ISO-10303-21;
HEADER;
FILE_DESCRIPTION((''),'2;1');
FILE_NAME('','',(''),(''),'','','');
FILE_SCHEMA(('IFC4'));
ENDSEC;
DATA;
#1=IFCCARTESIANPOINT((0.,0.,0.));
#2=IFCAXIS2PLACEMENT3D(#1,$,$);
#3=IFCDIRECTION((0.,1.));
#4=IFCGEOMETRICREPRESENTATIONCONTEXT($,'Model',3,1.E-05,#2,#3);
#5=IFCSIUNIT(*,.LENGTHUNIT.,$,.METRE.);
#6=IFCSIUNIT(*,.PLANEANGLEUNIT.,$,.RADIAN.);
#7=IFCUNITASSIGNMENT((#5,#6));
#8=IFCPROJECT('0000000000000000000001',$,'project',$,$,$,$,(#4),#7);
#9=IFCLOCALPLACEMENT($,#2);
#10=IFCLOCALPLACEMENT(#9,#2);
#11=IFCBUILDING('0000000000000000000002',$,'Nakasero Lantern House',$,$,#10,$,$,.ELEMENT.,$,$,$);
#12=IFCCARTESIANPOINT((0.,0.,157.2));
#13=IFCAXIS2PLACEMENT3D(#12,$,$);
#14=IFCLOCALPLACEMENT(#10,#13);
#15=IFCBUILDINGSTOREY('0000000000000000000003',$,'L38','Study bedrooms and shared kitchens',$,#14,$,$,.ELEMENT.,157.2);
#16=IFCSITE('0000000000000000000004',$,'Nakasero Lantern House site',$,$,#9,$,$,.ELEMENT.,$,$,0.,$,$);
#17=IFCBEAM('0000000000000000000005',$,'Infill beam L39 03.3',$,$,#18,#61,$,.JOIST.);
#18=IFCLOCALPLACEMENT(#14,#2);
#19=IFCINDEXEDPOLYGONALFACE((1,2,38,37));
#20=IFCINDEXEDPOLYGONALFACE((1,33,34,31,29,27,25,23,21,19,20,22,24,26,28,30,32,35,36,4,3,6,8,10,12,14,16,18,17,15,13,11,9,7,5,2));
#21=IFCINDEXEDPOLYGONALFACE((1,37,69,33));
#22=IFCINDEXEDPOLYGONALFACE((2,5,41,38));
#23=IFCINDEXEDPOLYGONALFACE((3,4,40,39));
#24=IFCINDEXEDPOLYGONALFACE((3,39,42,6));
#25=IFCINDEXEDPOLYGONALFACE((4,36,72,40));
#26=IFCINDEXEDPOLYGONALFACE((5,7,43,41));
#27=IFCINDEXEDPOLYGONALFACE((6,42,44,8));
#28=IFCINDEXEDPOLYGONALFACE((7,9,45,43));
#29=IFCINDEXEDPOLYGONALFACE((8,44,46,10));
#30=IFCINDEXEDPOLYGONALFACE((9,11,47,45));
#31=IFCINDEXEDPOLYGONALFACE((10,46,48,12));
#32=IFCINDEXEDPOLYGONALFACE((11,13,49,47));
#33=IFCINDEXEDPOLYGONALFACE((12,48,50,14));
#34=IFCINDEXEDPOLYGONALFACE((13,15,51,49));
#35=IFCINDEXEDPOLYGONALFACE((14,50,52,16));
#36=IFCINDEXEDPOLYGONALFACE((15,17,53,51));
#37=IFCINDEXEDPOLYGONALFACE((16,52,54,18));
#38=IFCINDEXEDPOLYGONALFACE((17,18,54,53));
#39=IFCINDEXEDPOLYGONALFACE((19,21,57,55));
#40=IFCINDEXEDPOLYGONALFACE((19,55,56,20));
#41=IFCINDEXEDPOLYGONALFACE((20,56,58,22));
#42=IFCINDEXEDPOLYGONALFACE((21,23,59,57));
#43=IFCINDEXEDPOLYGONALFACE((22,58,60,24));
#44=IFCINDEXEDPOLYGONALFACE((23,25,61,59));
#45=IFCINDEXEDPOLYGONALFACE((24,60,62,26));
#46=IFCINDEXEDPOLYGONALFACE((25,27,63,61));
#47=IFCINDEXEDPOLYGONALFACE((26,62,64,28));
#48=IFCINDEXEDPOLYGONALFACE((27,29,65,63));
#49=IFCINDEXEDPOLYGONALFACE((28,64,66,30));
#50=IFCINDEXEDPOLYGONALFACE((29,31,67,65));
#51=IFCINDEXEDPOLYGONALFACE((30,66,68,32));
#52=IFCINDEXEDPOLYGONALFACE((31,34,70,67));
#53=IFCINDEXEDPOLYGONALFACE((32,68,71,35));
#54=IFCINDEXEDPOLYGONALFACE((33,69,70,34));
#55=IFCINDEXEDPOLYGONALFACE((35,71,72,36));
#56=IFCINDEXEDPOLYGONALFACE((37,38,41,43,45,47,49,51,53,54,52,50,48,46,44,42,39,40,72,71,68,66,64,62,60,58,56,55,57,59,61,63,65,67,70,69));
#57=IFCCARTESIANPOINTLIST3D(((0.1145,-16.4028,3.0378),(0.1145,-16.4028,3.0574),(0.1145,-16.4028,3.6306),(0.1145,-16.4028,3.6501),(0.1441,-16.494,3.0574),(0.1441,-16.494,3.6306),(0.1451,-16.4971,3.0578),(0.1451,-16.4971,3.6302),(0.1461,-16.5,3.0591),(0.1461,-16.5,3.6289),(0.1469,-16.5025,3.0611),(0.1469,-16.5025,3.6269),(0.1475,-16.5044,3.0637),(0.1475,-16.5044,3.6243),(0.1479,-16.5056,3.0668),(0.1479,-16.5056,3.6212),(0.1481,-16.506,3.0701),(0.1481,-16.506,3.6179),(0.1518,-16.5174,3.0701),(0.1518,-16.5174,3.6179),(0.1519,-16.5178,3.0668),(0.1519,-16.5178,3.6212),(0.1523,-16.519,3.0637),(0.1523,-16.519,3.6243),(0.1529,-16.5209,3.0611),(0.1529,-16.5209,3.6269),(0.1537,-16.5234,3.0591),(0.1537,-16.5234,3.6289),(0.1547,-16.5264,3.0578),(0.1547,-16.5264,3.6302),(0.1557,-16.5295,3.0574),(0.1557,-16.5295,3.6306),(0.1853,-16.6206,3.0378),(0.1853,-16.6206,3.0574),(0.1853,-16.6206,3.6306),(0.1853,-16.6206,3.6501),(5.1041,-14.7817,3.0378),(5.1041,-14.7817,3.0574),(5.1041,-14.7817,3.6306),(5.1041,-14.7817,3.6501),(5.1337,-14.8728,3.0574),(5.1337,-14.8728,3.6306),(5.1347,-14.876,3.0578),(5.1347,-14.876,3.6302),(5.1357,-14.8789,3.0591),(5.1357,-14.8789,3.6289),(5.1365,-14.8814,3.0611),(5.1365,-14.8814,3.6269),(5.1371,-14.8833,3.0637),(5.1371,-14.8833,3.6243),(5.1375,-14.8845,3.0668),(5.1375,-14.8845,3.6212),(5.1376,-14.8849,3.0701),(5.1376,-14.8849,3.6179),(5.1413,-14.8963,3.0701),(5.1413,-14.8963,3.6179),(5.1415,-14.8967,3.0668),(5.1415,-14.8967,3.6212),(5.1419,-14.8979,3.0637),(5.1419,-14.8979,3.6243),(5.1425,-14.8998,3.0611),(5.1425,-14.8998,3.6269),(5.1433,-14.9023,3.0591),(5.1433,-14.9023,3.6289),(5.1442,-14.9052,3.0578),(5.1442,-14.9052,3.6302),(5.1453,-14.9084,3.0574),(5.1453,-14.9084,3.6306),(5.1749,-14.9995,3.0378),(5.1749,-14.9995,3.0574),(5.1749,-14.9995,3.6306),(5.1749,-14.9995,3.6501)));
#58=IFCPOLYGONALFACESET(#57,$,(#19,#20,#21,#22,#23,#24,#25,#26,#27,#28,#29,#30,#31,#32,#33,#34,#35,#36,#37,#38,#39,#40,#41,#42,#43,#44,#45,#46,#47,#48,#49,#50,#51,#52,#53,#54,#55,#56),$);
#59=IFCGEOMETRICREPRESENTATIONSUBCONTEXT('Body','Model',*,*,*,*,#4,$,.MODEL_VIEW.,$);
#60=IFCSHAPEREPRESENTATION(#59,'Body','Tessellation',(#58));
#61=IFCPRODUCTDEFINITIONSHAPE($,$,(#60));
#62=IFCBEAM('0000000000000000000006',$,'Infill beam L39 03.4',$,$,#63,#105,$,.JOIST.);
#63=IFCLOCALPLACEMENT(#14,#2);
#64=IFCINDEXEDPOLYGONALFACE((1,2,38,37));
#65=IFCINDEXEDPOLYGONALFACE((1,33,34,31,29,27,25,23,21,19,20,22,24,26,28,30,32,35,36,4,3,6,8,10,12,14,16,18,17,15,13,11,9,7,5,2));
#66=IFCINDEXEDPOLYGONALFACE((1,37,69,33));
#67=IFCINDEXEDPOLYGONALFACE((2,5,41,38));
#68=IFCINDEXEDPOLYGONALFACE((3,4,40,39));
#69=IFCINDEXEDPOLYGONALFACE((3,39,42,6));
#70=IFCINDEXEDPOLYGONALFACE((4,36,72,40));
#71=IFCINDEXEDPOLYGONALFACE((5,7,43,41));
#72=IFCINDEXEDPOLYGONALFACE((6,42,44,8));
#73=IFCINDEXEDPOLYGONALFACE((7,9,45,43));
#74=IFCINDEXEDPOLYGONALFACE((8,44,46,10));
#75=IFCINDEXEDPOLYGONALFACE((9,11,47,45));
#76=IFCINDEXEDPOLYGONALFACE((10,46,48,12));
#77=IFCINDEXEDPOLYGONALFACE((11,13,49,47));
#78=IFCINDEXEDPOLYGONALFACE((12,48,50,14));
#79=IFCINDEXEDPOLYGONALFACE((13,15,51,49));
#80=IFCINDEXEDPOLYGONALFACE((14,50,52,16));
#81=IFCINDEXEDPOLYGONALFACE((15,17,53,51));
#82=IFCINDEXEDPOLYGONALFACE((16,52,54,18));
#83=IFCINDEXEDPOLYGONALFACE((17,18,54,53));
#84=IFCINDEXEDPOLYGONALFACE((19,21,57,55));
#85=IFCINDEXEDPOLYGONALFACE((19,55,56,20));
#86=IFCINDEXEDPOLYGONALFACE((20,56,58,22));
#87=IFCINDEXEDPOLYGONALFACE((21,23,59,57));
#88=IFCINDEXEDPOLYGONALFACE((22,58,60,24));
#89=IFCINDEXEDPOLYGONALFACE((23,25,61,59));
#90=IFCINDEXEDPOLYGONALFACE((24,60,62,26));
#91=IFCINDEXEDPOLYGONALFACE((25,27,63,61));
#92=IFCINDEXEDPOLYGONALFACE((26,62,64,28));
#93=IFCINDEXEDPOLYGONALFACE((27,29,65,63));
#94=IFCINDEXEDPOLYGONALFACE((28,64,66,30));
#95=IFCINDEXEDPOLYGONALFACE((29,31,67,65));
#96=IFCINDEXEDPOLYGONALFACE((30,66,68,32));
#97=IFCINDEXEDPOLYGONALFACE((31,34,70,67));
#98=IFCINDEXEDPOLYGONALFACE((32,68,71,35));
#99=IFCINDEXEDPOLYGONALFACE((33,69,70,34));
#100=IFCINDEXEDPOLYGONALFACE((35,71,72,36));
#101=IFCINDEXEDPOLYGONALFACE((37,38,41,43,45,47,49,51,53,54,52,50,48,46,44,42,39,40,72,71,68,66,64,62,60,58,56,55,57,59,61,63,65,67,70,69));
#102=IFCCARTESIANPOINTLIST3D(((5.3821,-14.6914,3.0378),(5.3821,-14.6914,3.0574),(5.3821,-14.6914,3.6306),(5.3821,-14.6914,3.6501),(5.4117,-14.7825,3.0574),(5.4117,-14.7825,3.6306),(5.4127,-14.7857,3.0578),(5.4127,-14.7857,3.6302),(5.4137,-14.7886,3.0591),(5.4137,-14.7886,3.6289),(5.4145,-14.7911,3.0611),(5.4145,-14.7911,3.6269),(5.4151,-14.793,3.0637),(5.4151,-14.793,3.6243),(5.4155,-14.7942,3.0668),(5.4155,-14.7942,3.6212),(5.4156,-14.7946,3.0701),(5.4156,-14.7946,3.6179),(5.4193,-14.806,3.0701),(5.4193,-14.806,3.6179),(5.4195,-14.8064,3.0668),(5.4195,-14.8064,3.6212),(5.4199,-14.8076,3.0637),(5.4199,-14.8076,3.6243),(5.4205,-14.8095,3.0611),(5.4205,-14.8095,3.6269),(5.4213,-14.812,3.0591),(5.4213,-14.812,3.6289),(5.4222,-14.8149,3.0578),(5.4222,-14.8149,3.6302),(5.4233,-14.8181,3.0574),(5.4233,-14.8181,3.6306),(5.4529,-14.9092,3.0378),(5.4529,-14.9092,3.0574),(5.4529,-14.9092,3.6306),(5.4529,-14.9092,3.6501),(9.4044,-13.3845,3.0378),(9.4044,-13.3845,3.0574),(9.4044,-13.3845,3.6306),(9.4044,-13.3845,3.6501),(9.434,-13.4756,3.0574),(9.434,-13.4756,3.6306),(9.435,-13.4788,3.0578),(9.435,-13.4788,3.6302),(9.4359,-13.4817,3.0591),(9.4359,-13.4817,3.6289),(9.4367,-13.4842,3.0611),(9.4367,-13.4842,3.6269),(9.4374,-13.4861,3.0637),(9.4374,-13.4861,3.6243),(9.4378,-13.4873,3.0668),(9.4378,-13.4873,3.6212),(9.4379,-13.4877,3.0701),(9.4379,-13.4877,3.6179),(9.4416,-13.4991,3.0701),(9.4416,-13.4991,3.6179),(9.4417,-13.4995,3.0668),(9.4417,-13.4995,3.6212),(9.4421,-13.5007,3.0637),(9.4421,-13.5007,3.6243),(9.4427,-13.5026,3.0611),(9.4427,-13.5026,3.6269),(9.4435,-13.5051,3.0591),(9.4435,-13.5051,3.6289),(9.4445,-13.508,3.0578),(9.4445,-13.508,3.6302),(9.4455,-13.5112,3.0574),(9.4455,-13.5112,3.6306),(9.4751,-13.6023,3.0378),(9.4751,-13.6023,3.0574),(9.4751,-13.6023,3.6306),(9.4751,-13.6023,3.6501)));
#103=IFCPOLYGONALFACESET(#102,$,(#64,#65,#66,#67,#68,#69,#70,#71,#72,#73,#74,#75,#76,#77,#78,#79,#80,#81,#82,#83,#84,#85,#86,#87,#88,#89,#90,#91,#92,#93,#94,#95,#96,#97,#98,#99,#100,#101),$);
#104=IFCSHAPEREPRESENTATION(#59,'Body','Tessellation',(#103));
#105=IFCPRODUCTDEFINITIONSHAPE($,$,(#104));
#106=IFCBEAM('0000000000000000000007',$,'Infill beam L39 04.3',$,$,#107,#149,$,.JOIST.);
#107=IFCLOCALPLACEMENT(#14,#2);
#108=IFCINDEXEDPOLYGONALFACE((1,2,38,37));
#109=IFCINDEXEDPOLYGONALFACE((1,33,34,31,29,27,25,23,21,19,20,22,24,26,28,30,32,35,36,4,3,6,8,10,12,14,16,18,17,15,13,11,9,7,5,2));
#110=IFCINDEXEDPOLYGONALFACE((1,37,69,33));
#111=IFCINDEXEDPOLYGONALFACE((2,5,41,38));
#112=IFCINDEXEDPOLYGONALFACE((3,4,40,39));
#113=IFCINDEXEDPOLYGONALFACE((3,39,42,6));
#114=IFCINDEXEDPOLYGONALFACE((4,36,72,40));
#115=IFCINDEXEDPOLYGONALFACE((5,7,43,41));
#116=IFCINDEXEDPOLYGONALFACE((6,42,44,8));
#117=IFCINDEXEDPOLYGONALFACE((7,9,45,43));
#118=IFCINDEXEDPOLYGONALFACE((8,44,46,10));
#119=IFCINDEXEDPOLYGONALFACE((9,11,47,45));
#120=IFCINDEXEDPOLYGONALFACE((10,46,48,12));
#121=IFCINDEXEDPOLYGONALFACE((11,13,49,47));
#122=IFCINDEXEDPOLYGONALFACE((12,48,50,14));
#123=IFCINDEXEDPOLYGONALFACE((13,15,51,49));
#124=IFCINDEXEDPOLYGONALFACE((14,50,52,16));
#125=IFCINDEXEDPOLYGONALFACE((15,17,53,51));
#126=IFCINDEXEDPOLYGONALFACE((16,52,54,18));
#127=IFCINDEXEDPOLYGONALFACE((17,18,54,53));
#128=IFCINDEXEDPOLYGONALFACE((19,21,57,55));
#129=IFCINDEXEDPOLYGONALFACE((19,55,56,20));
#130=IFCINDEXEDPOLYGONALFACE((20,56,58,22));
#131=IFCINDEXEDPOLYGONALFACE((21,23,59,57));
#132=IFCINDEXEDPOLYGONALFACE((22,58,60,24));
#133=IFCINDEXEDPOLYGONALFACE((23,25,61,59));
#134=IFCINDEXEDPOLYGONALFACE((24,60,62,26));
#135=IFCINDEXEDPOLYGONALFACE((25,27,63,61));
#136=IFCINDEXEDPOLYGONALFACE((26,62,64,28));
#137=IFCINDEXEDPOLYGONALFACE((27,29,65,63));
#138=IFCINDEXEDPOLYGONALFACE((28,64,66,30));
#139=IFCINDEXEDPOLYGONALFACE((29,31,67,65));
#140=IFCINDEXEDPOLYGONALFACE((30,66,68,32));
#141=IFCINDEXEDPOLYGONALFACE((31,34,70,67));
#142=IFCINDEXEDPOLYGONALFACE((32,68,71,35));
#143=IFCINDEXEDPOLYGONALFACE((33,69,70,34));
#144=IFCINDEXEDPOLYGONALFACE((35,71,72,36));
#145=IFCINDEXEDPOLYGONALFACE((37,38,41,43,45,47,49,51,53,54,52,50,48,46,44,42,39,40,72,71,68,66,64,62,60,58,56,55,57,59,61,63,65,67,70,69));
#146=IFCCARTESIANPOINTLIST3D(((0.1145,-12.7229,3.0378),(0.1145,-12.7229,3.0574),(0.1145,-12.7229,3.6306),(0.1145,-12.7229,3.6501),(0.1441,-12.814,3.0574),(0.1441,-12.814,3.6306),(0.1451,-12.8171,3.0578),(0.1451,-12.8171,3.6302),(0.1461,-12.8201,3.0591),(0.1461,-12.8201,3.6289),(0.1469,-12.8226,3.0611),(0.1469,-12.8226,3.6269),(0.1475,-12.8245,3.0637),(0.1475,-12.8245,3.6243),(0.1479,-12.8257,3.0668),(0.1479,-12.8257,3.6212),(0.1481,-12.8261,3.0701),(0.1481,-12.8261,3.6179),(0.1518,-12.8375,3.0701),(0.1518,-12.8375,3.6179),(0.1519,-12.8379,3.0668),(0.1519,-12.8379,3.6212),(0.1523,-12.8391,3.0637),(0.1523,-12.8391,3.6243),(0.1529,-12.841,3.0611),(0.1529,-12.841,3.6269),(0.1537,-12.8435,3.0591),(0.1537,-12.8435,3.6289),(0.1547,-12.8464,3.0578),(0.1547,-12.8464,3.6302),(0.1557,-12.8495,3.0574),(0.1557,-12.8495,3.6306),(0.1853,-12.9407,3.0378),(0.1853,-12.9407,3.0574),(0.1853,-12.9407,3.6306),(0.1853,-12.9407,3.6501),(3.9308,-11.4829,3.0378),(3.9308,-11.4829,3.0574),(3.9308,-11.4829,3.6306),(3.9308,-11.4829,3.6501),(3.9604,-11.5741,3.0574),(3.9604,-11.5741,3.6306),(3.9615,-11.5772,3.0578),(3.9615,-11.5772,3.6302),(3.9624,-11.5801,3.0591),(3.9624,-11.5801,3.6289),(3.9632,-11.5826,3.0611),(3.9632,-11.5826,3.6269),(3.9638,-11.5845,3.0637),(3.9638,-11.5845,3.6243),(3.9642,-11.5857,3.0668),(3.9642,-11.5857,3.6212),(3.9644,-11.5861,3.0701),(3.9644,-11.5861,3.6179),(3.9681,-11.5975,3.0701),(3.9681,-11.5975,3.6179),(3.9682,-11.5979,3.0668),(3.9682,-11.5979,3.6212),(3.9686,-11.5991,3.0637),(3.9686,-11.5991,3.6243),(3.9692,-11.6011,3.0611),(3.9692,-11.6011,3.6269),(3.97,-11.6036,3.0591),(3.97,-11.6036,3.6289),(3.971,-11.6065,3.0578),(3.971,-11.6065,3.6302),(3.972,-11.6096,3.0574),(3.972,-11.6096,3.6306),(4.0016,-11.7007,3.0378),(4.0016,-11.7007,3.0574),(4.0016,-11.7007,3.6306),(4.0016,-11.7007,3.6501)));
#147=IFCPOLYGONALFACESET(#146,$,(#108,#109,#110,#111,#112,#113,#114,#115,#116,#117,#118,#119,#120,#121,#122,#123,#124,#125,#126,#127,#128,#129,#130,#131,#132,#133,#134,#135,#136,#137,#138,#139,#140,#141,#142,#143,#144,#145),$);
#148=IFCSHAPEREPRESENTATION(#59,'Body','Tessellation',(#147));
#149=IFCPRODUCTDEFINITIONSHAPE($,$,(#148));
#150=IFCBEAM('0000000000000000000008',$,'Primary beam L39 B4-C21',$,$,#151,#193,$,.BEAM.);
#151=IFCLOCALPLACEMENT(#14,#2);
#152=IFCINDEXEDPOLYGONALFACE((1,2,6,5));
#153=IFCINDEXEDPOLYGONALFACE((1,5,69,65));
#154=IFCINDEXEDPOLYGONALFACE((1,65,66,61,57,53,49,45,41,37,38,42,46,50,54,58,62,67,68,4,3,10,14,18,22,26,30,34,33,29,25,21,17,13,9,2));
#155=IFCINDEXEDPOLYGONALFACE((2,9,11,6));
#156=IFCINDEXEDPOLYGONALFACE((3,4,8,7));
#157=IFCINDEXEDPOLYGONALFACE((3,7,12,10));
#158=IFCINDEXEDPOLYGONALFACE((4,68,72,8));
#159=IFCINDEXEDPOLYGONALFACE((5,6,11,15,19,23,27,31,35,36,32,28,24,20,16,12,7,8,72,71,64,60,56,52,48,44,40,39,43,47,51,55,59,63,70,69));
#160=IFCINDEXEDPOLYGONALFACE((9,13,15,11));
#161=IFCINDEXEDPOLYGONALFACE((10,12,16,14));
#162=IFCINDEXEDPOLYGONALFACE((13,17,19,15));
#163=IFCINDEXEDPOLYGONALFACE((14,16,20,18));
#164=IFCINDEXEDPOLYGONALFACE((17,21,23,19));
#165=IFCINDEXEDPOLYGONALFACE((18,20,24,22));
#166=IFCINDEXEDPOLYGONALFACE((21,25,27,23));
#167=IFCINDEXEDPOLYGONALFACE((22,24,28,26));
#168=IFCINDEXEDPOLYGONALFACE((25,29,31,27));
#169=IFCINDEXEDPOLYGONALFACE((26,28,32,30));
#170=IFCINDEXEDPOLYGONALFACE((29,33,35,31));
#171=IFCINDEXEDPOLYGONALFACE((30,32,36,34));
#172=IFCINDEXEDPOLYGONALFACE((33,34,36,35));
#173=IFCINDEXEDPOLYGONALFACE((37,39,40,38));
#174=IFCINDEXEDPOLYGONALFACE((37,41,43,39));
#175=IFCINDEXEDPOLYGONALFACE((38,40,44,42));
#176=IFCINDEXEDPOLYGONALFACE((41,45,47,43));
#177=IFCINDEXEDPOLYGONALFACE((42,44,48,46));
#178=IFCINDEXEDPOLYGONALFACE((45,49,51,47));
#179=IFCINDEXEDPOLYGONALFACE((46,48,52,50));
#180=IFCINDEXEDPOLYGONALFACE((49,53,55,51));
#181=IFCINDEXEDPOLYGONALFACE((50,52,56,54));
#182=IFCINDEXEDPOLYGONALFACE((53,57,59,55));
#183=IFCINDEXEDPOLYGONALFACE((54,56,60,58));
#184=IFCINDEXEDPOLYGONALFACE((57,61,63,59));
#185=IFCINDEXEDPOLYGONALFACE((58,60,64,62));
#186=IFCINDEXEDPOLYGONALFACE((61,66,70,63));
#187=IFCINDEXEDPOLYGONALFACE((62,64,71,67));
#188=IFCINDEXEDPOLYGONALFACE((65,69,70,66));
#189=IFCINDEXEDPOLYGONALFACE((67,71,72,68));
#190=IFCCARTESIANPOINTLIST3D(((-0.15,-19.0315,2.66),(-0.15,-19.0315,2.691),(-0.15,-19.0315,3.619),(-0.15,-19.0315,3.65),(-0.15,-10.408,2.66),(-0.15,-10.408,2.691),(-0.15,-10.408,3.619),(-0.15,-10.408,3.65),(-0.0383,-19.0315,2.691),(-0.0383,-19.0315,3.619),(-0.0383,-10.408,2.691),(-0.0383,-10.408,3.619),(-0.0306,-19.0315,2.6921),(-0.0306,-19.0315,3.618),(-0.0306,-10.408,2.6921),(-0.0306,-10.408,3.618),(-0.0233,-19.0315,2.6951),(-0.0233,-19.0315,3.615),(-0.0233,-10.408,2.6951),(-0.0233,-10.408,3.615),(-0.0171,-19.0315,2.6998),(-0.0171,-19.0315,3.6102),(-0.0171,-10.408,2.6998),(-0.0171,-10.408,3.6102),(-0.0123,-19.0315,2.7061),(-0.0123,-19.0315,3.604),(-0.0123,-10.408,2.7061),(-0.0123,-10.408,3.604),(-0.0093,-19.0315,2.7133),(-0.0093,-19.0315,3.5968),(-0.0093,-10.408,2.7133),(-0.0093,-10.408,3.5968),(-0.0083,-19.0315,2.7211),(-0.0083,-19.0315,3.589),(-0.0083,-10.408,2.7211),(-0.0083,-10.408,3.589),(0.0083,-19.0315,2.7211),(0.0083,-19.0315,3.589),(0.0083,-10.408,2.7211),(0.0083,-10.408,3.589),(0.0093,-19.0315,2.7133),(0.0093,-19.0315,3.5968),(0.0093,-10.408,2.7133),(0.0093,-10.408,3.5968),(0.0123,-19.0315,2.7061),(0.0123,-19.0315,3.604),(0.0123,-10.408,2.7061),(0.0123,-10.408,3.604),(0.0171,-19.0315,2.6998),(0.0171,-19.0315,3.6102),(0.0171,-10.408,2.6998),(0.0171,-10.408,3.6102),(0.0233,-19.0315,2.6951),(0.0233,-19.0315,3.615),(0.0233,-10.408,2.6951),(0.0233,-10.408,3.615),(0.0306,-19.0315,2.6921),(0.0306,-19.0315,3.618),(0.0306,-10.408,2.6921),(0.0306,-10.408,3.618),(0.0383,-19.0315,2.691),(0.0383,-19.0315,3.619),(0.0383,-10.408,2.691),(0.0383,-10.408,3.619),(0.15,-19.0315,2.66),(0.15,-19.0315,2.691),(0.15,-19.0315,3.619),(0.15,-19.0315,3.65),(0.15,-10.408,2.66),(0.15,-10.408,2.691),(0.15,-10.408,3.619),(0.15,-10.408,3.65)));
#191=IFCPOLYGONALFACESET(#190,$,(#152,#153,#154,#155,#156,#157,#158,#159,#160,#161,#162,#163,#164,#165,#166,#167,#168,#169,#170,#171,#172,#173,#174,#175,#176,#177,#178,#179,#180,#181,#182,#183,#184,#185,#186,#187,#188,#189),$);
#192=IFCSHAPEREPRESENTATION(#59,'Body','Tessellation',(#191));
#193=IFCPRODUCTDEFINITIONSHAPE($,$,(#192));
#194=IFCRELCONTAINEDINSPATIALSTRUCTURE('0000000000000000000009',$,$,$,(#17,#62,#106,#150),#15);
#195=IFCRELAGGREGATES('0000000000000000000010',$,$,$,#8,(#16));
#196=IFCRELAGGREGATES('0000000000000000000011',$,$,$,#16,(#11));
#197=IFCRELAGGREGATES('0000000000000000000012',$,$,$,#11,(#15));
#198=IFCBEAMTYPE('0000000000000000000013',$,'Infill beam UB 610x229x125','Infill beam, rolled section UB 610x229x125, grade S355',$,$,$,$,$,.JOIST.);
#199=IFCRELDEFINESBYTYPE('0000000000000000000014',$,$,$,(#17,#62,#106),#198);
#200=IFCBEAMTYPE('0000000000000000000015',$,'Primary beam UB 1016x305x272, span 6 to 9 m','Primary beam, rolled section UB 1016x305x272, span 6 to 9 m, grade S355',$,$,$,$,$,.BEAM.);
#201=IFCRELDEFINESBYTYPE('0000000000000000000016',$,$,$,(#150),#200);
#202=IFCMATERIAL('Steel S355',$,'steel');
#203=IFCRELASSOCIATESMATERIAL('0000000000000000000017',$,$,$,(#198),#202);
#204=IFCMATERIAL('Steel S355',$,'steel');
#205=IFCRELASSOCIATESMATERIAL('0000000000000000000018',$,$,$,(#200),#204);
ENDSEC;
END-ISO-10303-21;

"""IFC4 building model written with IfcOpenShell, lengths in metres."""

from ifc_helpers import new_model, si_unit, direction, frame, origin, origin_2d, place, context, subcontext, project, spatial, i_section, extrude, material, material_profile, profile_set, type_object, element, save


model = new_model("IFC4")

# Units and contexts
model_context = context("Model", 3, precision=1e-05, world=origin(), true_north=direction((0.0, 1.0)))
body_context = subcontext(model_context, "Body", "Model", "MODEL_VIEW")
ifc_project = project(units=[si_unit("LENGTHUNIT", "METRE"), si_unit("PLANEANGLEUNIT", "RADIAN")], contexts=[model_context])

# Site, building, storey
site_placement = place(None, origin())
site = spatial("IfcSite", under=ifc_project, at=site_placement, Name="Nakasero Lantern House site", CompositionType="ELEMENT", RefElevation=0.0)
building_placement = place(site_placement, origin())
building = spatial("IfcBuilding", under=site, at=building_placement, Name="Nakasero Lantern House", CompositionType="ELEMENT")
storey_placement = place(building_placement, frame((0.0, 0.0, 157.2)))
storey = spatial("IfcBuildingStorey", under=building, at=storey_placement, Name="L38", Description="Study bedrooms and shared kitchens", CompositionType="ELEMENT", Elevation=157.2)

# Beams
ifc_material_1 = material(Name="Steel S355", Category="steel")
ifc_material_profile_1 = material_profile(ifc_material_1, i_section(OverallWidth=0.229, OverallDepth=0.6123, WebThickness=0.012, FlangeThickness=0.0195, FilletRadius=0.0127, at=origin_2d()), Name="UB 610x229x125")
ifc_profile_set_1 = profile_set([ifc_material_profile_1], Name="Steel S355")
beam_type_1 = type_object("IfcBeamType", Name="Infill beam UB 610x229x125", Description="Infill beam, rolled section UB 610x229x125, grade S355", PredefinedType="JOIST", material=ifc_profile_set_1)
beam_1_placement = place(storey_placement, frame((0.1499, -16.5117, 3.344), z_axis=(0.951062, 0.309001, 0.0), x_axis=(-0.309001, 0.951062, 0.0)))
element("IfcBeam", 1, at=beam_1_placement, inside=storey, type_object=beam_type_1, Name="Infill beam L39 03.3", PredefinedType="JOIST", context=body_context, shape_type="SweptSolid", body=[
    extrude(i_section(OverallWidth=0.229, OverallDepth=0.6123, WebThickness=0.012, FlangeThickness=0.0195, FilletRadius=0.0127, at=origin_2d()), origin(), (0.0, 0.0, 1.0), 5.2463),
])
beam_2_placement = place(storey_placement, frame((5.4175, -14.8003, 3.344), z_axis=(0.951057, 0.309014, 0.0), x_axis=(-0.309014, 0.951057, 0.0)))
element("IfcBeam", 2, at=beam_2_placement, inside=storey, type_object=beam_type_1, Name="Infill beam L39 03.4", PredefinedType="JOIST", context=body_context, shape_type="SweptSolid", body=[
    extrude(i_section(OverallWidth=0.229, OverallDepth=0.6123, WebThickness=0.012, FlangeThickness=0.0195, FilletRadius=0.0127, at=origin_2d()), origin(), (0.0, 0.0, 1.0), 4.2292),
])
beam_3_placement = place(storey_placement, frame((0.1499, -12.8318, 3.344), z_axis=(0.951059, 0.309009, 0.0), x_axis=(-0.309009, 0.951059, 0.0)))
element("IfcBeam", 3, at=beam_3_placement, inside=storey, type_object=beam_type_1, Name="Infill beam L39 04.3", PredefinedType="JOIST", context=body_context, shape_type="SweptSolid", body=[
    extrude(i_section(OverallWidth=0.229, OverallDepth=0.6123, WebThickness=0.012, FlangeThickness=0.0195, FilletRadius=0.0127, at=origin_2d()), origin(), (0.0, 0.0, 1.0), 4.0127),
])
ifc_material_2 = material(Name="Steel S355", Category="steel")
ifc_material_profile_2 = material_profile(ifc_material_2, i_section(OverallWidth=0.3, OverallDepth=0.99, WebThickness=0.0166, FlangeThickness=0.031, FilletRadius=0.03, at=origin_2d()), Name="UB 1016x305x272")
ifc_profile_set_2 = profile_set([ifc_material_profile_2], Name="Steel S355")
beam_type_2 = type_object("IfcBeamType", Name="Primary beam UB 1016x305x272, span 6 to 9 m", Description="Primary beam, rolled section UB 1016x305x272, span 6 to 9 m, grade S355", PredefinedType="BEAM", material=ifc_profile_set_2)
beam_4_placement = place(storey_placement, frame((0.0, -19.0315, 3.155), z_axis=(0.0, 1.0, 0.0), x_axis=(-1.0, 0.0, 0.0)))
element("IfcBeam", 4, at=beam_4_placement, inside=storey, type_object=beam_type_2, Name="Primary beam L39 B4-C21", PredefinedType="BEAM", context=body_context, shape_type="SweptSolid", body=[
    extrude(i_section(OverallWidth=0.3, OverallDepth=0.99, WebThickness=0.0166, FlangeThickness=0.031, FilletRadius=0.03, at=origin_2d()), origin(), (0.0, 0.0, 1.0), 8.6235),
])

save(model, "model.ifc")
